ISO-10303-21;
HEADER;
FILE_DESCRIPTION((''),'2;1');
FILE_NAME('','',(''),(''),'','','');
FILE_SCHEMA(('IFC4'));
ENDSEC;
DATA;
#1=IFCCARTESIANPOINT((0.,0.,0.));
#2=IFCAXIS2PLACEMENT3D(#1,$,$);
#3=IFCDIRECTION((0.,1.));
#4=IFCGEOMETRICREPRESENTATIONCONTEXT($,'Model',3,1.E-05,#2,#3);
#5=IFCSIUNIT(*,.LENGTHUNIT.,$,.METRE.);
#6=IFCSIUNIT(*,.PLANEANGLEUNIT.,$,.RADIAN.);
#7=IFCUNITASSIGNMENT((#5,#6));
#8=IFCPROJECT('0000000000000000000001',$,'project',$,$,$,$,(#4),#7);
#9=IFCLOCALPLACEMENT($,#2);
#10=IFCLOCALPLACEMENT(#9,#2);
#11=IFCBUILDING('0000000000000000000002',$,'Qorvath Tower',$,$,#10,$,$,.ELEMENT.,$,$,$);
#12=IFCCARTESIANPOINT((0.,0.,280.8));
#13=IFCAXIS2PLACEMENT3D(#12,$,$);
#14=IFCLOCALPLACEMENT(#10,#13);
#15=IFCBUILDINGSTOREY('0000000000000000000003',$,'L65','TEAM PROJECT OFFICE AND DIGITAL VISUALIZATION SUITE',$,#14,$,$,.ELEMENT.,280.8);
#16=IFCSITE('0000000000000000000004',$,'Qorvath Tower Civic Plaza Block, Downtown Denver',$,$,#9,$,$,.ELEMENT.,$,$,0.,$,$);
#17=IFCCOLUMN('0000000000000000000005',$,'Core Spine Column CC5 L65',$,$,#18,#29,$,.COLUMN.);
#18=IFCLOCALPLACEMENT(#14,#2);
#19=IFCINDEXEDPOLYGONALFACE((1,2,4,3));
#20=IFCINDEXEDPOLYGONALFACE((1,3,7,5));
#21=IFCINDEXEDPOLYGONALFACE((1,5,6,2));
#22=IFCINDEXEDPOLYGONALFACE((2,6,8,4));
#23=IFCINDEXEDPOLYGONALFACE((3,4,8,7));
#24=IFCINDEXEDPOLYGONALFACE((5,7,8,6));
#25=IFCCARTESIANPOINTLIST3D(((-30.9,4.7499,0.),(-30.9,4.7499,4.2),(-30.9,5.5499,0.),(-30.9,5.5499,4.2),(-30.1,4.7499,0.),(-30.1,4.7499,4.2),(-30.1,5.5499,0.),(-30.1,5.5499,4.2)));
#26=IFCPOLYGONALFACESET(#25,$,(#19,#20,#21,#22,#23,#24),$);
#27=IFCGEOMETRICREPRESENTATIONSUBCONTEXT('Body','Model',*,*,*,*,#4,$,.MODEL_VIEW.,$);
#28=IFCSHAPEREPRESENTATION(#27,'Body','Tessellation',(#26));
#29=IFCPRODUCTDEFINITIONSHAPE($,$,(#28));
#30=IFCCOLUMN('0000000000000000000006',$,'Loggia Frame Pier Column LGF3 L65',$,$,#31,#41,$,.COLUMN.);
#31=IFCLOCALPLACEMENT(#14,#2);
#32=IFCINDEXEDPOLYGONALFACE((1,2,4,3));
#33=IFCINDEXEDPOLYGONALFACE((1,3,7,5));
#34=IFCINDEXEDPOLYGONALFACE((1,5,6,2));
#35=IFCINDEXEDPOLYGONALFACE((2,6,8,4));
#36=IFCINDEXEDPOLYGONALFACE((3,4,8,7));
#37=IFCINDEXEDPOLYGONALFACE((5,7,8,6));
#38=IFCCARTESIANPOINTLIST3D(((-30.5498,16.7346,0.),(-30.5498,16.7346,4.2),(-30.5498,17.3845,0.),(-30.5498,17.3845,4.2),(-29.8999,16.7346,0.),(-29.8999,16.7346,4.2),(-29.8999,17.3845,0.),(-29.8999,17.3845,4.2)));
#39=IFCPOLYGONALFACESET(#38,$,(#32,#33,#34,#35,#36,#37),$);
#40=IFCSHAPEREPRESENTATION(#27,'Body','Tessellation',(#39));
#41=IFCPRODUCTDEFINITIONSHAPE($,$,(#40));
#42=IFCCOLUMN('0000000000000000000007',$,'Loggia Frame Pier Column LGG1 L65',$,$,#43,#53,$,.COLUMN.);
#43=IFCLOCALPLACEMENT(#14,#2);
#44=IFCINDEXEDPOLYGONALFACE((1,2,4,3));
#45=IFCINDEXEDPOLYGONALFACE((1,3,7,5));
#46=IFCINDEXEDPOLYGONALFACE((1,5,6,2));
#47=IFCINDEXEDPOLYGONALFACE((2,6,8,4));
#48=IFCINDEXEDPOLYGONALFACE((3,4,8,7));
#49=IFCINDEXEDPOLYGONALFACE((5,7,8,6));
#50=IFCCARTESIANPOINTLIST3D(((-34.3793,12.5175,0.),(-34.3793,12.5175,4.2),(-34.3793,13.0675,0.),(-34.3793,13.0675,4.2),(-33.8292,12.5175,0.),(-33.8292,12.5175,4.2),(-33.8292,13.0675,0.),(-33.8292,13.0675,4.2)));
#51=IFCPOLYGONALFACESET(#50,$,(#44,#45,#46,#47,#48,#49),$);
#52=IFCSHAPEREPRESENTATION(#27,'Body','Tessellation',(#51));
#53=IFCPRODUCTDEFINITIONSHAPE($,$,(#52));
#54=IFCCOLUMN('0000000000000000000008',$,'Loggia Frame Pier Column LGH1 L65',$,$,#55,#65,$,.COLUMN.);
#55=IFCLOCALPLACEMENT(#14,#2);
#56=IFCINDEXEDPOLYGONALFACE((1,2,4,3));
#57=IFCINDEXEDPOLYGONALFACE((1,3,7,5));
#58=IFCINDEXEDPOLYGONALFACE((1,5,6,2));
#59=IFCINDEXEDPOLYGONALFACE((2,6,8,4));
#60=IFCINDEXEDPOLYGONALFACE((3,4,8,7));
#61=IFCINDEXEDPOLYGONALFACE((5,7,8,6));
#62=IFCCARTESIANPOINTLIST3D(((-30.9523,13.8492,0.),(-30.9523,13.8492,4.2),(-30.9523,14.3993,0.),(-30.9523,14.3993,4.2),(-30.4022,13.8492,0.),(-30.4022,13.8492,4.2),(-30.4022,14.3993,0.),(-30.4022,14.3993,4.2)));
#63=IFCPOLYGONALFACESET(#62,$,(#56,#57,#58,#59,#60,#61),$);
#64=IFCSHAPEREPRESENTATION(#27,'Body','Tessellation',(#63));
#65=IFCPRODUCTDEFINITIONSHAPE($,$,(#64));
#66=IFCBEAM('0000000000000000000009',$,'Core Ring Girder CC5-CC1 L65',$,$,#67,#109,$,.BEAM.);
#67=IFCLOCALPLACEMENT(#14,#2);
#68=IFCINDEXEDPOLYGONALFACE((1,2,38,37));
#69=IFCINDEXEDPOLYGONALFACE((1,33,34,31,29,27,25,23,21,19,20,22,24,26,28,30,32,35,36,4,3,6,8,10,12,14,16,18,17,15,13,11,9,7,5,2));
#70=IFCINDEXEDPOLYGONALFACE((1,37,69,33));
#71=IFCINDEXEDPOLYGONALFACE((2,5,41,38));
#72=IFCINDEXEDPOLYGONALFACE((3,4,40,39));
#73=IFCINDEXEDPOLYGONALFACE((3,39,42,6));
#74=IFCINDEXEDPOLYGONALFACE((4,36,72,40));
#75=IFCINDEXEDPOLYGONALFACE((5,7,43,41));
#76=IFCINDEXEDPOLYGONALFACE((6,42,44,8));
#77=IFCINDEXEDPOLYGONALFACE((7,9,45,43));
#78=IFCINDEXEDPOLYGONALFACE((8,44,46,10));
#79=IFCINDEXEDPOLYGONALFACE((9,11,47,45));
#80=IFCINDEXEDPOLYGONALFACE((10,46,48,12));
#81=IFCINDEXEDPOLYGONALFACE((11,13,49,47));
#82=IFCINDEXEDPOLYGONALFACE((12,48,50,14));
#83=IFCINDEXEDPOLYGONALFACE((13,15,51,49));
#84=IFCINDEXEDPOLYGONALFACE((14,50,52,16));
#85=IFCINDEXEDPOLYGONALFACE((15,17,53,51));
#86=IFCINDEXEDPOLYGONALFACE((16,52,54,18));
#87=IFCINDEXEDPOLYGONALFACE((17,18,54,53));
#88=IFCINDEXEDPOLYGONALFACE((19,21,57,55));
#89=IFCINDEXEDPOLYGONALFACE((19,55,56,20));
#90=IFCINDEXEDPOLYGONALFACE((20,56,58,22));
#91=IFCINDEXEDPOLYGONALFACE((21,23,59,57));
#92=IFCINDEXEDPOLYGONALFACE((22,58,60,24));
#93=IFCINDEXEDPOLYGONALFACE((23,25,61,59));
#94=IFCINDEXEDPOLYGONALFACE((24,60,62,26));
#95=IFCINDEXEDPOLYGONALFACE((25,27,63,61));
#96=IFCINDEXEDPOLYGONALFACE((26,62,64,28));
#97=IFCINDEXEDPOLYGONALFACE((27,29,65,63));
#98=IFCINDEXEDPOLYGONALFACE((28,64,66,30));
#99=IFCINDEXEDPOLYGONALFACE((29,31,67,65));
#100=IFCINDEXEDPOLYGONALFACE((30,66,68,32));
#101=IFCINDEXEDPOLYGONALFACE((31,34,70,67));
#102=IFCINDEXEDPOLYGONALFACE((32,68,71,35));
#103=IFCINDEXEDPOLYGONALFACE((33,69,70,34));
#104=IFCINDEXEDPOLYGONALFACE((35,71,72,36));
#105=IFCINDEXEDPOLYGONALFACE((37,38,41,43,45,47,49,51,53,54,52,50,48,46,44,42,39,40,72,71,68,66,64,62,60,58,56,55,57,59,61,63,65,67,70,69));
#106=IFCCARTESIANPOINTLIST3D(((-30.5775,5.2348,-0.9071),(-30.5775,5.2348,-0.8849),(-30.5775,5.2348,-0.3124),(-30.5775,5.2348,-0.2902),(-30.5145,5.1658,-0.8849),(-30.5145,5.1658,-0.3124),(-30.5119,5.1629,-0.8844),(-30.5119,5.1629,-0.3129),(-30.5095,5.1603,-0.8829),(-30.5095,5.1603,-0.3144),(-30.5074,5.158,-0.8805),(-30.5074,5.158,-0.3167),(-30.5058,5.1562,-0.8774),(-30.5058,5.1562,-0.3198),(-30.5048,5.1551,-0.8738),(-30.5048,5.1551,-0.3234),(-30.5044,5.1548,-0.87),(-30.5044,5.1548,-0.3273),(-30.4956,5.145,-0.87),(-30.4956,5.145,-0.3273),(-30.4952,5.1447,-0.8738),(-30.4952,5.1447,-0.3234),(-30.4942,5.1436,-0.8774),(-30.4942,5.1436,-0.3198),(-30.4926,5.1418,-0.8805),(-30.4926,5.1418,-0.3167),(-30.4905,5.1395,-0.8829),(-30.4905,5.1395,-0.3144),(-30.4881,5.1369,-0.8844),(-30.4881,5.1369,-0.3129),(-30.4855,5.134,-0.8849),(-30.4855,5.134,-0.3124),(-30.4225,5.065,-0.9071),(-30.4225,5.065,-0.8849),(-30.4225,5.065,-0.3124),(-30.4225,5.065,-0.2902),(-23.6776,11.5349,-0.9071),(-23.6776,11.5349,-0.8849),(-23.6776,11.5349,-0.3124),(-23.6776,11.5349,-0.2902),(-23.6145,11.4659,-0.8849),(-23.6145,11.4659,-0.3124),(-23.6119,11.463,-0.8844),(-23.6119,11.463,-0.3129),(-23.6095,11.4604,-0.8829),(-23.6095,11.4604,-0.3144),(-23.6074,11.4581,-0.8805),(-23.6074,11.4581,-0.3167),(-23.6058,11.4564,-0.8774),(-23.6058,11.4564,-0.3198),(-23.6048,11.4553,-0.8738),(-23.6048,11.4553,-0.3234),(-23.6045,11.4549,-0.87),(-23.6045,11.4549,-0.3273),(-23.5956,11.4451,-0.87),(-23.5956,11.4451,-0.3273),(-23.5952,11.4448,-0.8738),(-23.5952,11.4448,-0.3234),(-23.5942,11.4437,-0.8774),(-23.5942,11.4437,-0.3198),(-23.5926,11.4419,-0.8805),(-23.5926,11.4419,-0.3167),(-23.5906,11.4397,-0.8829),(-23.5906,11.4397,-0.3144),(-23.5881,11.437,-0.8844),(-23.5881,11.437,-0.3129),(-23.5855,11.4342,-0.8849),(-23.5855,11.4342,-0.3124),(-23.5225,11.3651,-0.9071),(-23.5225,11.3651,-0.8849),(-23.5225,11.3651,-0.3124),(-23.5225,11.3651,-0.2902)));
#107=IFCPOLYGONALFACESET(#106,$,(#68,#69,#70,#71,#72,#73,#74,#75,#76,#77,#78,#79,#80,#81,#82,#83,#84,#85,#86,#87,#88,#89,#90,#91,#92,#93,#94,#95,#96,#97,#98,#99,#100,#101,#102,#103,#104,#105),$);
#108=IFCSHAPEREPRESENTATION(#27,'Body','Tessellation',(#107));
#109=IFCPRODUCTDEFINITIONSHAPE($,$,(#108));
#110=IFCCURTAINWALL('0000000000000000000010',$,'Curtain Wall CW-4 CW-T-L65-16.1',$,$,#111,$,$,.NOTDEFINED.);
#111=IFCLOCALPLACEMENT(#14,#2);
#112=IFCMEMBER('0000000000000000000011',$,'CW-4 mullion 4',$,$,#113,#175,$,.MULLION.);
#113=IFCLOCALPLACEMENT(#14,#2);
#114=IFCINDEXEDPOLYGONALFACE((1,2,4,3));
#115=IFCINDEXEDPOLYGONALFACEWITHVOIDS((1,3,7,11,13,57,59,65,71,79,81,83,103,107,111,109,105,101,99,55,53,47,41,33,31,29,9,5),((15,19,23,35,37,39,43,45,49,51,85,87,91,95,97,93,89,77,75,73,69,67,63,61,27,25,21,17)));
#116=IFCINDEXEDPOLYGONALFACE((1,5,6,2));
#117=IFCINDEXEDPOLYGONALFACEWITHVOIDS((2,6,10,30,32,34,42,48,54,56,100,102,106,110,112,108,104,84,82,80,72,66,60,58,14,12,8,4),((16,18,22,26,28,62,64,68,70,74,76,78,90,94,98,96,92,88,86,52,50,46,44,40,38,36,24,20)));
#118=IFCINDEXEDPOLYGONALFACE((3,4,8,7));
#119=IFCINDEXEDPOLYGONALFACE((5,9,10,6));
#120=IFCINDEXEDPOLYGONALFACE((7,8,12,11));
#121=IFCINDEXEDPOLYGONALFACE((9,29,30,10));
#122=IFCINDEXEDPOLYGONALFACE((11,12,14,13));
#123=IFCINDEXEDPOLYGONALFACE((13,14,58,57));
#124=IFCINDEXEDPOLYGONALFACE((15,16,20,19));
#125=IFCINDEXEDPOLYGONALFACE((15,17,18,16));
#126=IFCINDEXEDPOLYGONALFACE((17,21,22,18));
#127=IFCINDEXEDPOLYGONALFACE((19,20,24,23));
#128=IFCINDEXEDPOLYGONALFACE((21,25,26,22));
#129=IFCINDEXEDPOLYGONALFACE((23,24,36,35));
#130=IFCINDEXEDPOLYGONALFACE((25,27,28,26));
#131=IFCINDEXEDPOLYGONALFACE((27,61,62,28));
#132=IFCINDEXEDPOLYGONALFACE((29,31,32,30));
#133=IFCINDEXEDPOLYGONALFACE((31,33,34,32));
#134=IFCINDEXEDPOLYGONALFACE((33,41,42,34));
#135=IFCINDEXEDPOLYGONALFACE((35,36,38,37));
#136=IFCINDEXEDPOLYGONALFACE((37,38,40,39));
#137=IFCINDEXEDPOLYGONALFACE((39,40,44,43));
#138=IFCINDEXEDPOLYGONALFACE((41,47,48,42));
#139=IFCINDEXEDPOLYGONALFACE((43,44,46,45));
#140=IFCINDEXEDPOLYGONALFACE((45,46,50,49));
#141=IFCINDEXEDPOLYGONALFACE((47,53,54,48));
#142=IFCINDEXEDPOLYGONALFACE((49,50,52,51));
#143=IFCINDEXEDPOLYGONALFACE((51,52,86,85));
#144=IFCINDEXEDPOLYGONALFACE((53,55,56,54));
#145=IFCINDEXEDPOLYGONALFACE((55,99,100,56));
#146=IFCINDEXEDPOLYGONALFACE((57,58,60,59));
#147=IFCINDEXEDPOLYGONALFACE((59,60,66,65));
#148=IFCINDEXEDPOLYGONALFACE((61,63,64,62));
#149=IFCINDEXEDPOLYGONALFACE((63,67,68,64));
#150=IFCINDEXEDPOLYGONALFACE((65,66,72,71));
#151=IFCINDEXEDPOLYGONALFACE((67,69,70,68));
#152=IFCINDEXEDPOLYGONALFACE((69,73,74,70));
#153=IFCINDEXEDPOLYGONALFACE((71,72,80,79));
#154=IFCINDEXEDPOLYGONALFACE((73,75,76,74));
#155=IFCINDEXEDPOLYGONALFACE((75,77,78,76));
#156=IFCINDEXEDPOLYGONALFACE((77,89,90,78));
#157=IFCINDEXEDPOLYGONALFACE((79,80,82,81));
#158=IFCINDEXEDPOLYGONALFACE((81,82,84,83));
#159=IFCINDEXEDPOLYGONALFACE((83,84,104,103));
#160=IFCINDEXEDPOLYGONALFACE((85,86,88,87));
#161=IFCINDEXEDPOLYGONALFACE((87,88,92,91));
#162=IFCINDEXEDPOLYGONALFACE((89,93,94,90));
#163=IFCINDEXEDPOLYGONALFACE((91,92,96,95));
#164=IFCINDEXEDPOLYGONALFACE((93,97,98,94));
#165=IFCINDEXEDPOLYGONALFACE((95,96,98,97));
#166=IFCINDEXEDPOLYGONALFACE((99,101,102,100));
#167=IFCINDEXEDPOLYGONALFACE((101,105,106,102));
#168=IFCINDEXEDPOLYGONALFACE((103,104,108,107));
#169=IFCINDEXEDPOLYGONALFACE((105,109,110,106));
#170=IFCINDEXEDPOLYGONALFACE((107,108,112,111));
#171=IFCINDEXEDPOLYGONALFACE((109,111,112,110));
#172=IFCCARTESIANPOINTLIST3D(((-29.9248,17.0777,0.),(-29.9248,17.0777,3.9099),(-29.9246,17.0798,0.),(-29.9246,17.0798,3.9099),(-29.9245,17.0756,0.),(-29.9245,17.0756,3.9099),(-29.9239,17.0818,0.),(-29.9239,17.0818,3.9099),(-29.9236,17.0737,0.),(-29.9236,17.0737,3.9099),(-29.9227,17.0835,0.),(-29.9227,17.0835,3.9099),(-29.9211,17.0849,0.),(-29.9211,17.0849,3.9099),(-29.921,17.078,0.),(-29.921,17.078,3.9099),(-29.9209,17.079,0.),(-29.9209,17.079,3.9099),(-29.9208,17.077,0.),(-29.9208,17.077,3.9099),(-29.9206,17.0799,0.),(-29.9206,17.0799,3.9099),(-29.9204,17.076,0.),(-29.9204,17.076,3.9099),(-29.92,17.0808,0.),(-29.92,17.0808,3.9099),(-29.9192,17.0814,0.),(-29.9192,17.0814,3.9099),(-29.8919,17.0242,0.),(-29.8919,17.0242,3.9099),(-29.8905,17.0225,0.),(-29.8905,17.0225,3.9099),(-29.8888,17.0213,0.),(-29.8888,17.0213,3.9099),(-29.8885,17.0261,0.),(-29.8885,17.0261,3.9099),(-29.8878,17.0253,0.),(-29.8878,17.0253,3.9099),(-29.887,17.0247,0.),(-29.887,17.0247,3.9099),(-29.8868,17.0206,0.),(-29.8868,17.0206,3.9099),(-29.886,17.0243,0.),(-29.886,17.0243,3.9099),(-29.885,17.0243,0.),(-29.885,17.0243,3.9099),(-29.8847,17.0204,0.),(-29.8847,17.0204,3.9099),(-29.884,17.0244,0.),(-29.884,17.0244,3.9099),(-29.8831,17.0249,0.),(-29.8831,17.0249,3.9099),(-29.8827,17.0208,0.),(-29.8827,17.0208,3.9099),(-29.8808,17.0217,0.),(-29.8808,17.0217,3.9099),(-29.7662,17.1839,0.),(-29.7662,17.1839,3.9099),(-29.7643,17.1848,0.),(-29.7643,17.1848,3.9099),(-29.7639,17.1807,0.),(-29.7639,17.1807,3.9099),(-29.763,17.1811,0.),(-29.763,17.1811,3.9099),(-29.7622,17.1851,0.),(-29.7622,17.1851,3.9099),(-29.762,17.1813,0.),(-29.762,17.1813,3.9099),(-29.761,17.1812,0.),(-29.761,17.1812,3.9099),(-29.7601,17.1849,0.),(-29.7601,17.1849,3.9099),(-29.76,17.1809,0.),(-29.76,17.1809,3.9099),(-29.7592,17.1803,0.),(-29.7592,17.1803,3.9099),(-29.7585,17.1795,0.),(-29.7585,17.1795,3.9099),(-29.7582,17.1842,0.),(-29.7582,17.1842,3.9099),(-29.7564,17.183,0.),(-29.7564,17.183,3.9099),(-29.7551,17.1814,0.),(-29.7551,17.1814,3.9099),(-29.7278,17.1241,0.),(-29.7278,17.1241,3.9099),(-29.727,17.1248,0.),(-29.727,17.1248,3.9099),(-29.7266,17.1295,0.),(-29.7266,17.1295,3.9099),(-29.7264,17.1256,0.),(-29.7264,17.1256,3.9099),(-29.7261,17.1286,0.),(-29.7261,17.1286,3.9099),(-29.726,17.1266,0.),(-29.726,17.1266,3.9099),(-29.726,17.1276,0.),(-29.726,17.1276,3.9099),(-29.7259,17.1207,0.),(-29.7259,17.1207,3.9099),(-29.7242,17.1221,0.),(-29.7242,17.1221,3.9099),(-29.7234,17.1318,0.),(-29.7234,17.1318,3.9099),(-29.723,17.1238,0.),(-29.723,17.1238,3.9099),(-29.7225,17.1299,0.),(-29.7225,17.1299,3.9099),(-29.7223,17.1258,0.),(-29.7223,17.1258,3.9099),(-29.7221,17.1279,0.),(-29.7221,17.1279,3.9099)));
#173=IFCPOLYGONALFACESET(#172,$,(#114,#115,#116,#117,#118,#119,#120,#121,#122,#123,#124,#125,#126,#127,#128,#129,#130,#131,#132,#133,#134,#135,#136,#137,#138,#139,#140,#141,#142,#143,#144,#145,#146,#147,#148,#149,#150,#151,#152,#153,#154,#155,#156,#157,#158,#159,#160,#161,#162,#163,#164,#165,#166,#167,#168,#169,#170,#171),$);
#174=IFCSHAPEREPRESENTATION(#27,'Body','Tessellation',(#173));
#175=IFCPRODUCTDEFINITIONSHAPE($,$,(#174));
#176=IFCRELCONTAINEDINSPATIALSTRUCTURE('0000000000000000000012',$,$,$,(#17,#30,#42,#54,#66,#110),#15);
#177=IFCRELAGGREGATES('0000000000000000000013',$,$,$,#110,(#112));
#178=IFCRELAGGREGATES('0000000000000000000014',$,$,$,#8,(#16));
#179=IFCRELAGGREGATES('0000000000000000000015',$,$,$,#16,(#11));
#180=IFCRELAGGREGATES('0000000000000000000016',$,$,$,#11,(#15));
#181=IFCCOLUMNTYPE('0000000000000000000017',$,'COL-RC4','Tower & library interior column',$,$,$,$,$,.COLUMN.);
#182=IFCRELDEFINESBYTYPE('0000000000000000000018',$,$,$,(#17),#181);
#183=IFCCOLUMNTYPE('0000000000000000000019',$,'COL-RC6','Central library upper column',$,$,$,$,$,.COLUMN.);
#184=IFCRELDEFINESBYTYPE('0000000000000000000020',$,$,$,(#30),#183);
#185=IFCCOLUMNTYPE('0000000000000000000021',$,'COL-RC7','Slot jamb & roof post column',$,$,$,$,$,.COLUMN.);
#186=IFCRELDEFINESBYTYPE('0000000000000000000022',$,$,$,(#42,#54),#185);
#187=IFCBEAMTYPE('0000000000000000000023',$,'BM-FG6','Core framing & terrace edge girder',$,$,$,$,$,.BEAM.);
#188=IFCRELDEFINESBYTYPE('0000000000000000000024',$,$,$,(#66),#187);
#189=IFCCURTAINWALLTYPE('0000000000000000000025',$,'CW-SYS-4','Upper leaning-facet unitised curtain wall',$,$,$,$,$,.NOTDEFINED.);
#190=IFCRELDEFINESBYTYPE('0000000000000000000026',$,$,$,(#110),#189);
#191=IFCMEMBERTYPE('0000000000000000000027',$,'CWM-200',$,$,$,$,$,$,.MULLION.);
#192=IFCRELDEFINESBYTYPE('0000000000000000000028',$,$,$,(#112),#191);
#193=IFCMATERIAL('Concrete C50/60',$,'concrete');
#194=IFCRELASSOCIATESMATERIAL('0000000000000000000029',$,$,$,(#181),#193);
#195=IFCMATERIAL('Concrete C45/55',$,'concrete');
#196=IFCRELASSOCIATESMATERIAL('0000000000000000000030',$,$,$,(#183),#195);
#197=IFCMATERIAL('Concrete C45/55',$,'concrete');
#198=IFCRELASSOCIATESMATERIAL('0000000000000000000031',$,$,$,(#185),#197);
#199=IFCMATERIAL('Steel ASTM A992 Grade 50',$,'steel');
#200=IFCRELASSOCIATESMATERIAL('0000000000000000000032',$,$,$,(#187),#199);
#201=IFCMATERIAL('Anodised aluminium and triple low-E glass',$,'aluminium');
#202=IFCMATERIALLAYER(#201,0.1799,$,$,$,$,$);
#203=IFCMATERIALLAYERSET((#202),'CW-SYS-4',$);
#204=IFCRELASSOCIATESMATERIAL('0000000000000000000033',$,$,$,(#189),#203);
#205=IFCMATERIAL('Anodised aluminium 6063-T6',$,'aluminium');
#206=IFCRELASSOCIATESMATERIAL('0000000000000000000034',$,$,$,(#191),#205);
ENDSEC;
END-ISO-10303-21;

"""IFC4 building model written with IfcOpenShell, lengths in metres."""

from ifc_helpers import new_model, si_unit, direction, frame, origin, origin_2d, place, context, subcontext, project, spatial, rectangle, hollow_rectangle, i_section, extrude, material, layer, layer_set, material_profile, profile_set, type_object, element, aggregate, save


model = new_model("IFC4")

# Units and contexts
model_context = context("Model", 3, precision=1e-05, world=origin(), true_north=direction((0.0, 1.0)))
body_context = subcontext(model_context, "Body", "Model", "MODEL_VIEW")
ifc_project = project(units=[si_unit("LENGTHUNIT", "METRE"), si_unit("PLANEANGLEUNIT", "RADIAN")], contexts=[model_context])

# Site, building, storey
site_placement = place(None, origin())
site = spatial("IfcSite", under=ifc_project, at=site_placement, Name="Qorvath Tower Civic Plaza Block, Downtown Denver", CompositionType="ELEMENT", RefElevation=0.0)
building_placement = place(site_placement, origin())
building = spatial("IfcBuilding", under=site, at=building_placement, Name="Qorvath Tower", CompositionType="ELEMENT")
storey_placement = place(building_placement, frame((0.0, 0.0, 280.8)))
storey = spatial("IfcBuildingStorey", under=building, at=storey_placement, Name="L65", Description="TEAM PROJECT OFFICE AND DIGITAL VISUALIZATION SUITE", CompositionType="ELEMENT", Elevation=280.8)

# Columns
ifc_material_1 = material(Name="Concrete C50/60", Category="concrete")
ifc_material_profile_1 = material_profile(ifc_material_1, rectangle(XDim=0.8, YDim=0.8, at=origin_2d()), Name="RC 800x800")
ifc_profile_set_1 = profile_set([ifc_material_profile_1], Name="Concrete C50/60")
column_type_1 = type_object("IfcColumnType", Name="COL-RC4", Description="Tower & library interior column", PredefinedType="COLUMN", material=ifc_profile_set_1)
column_1_placement = place(storey_placement, frame((-30.5, 5.1499, 0.0), z_axis=(0.0, 0.0, 1.0), x_axis=(1.0, 0.0, 0.0)))
element("IfcColumn", 1, at=column_1_placement, inside=storey, type_object=column_type_1, Name="Core Spine Column CC5 L65", PredefinedType="COLUMN", context=body_context, shape_type="SweptSolid", body=[
    extrude(rectangle(XDim=0.8, YDim=0.8, at=origin_2d()), origin(), (0.0, 0.0, 1.0), 4.2),
])
ifc_material_2 = material(Name="Concrete C45/55", Category="concrete")
ifc_material_profile_2 = material_profile(ifc_material_2, rectangle(XDim=0.6499, YDim=0.6499, at=origin_2d()), Name="RC 650x650")
ifc_profile_set_2 = profile_set([ifc_material_profile_2], Name="Concrete C45/55")
column_type_2 = type_object("IfcColumnType", Name="COL-RC6", Description="Central library upper column", PredefinedType="COLUMN", material=ifc_profile_set_2)
column_2_placement = place(storey_placement, frame((-30.2249, 17.0596, 0.0), z_axis=(0.0, 0.0, 1.0), x_axis=(1.0, 0.0, 0.0)))
element("IfcColumn", 2, at=column_2_placement, inside=storey, type_object=column_type_2, Name="Loggia Frame Pier Column LGF3 L65", PredefinedType="COLUMN", context=body_context, shape_type="SweptSolid", body=[
    extrude(rectangle(XDim=0.6499, YDim=0.6499, at=origin_2d()), origin(), (0.0, 0.0, 1.0), 4.2),
])
ifc_material_3 = material(Name="Concrete C45/55", Category="concrete")
ifc_material_profile_3 = material_profile(ifc_material_3, rectangle(XDim=0.55, YDim=0.55, at=origin_2d()), Name="RC 550x550")
ifc_profile_set_3 = profile_set([ifc_material_profile_3], Name="Concrete C45/55")
column_type_3 = type_object("IfcColumnType", Name="COL-RC7", Description="Slot jamb & roof post column", PredefinedType="COLUMN", material=ifc_profile_set_3)
for number, where, z_axis, x_axis, name in (
    (3, (-34.1042, 12.7925, 0.0), (0.0, 0.0, 1.0), (1.0, 0.0, 0.0), "Loggia Frame Pier Column LGG1 L65"),
    (4, (-30.6772, 14.1243, 0.0), (0.0, 0.0, 1.0), (1.0, 0.0, 0.0), "Loggia Frame Pier Column LGH1 L65"),
):
    element("IfcColumn", number, at=place(storey_placement, frame(where, z_axis=z_axis, x_axis=x_axis)), inside=storey, type_object=column_type_3, Name=name, PredefinedType="COLUMN", context=body_context, shape_type="SweptSolid", body=[
        extrude(rectangle(XDim=0.55, YDim=0.55, at=origin_2d()), origin(), (0.0, 0.0, 1.0), 4.2),
    ])

# Beam
ifc_material_4 = material(Name="Steel ASTM A992 Grade 50", Category="steel")
ifc_material_profile_4 = material_profile(ifc_material_4, i_section(OverallWidth=0.23, OverallDepth=0.6169, WebThickness=0.0132, FlangeThickness=0.0222, FilletRadius=0.0149, at=origin_2d()), Name="W24x94")
ifc_profile_set_4 = profile_set([ifc_material_profile_4], Name="Steel ASTM A992 Grade 50")
beam_type = type_object("IfcBeamType", Name="BM-FG6", Description="Core framing & terrace edge girder", PredefinedType="BEAM", material=ifc_profile_set_4)
beam_placement = place(storey_placement, frame((-30.5, 5.1499, -0.5986), z_axis=(0.738478, 0.674277, 0.0), x_axis=(-0.674277, 0.738478, 0.0)))
element("IfcBeam", 5, at=beam_placement, inside=storey, type_object=beam_type, Name="Core Ring Girder CC5-CC1 L65", PredefinedType="BEAM", context=body_context, shape_type="SweptSolid", body=[
    extrude(i_section(OverallWidth=0.23, OverallDepth=0.6169, WebThickness=0.0132, FlangeThickness=0.0222, FilletRadius=0.0149, at=origin_2d()), origin(), (0.0, 0.0, 1.0), 9.3435),
])

# Curtain wall, member
ifc_material_5 = material(Name="Anodised aluminium and triple low-E glass", Category="aluminium")
ifc_layer_1 = layer(ifc_material_5, 0.1799)
ifc_layer_set_1 = layer_set([ifc_layer_1], Name="CW-SYS-4")
curtain_wall_type = type_object("IfcCurtainWallType", Name="CW-SYS-4", Description="Upper leaning-facet unitised curtain wall", PredefinedType="NOTDEFINED", material=ifc_layer_set_1)
curtain_wall_1_placement = place(storey_placement, origin())
curtain_wall_1 = element("IfcCurtainWall", 6, at=curtain_wall_1_placement, inside=storey, type_object=curtain_wall_type, Name="Curtain Wall CW-4 CW-T-L65-16.1", PredefinedType="NOTDEFINED")
ifc_material_6 = material(Name="Anodised aluminium 6063-T6", Category="aluminium")
ifc_material_profile_5 = material_profile(ifc_material_6, hollow_rectangle(XDim=0.075, YDim=0.2, WallThickness=0.0039, InnerFilletRadius=0.0039, OuterFilletRadius=0.0081, at=origin_2d()), Name="CWM 200x75")
ifc_profile_set_5 = profile_set([ifc_material_profile_5], Name="Anodised aluminium 6063-T6")
member_type_1 = type_object("IfcMemberType", Name="CWM-200", PredefinedType="MULLION", material=ifc_profile_set_5)
member_1_placement = place(storey_placement, frame((-29.8235, 17.1028, 0.0), z_axis=(0.0, 0.0, 1.0), x_axis=(0.538534, -0.842604, 0.0)))
member_1 = element("IfcMember", 7, at=member_1_placement, type_object=member_type_1, Name="CW-4 mullion 4", PredefinedType="MULLION", context=body_context, shape_type="SweptSolid", body=[
    extrude(hollow_rectangle(XDim=0.075, YDim=0.2, WallThickness=0.0039, InnerFilletRadius=0.0039, OuterFilletRadius=0.0081, at=origin_2d()), origin(), (0.0, 0.0, 1.0), 3.9099),
])
aggregate(curtain_wall_1, [member_1])

save(model, "model.ifc")
